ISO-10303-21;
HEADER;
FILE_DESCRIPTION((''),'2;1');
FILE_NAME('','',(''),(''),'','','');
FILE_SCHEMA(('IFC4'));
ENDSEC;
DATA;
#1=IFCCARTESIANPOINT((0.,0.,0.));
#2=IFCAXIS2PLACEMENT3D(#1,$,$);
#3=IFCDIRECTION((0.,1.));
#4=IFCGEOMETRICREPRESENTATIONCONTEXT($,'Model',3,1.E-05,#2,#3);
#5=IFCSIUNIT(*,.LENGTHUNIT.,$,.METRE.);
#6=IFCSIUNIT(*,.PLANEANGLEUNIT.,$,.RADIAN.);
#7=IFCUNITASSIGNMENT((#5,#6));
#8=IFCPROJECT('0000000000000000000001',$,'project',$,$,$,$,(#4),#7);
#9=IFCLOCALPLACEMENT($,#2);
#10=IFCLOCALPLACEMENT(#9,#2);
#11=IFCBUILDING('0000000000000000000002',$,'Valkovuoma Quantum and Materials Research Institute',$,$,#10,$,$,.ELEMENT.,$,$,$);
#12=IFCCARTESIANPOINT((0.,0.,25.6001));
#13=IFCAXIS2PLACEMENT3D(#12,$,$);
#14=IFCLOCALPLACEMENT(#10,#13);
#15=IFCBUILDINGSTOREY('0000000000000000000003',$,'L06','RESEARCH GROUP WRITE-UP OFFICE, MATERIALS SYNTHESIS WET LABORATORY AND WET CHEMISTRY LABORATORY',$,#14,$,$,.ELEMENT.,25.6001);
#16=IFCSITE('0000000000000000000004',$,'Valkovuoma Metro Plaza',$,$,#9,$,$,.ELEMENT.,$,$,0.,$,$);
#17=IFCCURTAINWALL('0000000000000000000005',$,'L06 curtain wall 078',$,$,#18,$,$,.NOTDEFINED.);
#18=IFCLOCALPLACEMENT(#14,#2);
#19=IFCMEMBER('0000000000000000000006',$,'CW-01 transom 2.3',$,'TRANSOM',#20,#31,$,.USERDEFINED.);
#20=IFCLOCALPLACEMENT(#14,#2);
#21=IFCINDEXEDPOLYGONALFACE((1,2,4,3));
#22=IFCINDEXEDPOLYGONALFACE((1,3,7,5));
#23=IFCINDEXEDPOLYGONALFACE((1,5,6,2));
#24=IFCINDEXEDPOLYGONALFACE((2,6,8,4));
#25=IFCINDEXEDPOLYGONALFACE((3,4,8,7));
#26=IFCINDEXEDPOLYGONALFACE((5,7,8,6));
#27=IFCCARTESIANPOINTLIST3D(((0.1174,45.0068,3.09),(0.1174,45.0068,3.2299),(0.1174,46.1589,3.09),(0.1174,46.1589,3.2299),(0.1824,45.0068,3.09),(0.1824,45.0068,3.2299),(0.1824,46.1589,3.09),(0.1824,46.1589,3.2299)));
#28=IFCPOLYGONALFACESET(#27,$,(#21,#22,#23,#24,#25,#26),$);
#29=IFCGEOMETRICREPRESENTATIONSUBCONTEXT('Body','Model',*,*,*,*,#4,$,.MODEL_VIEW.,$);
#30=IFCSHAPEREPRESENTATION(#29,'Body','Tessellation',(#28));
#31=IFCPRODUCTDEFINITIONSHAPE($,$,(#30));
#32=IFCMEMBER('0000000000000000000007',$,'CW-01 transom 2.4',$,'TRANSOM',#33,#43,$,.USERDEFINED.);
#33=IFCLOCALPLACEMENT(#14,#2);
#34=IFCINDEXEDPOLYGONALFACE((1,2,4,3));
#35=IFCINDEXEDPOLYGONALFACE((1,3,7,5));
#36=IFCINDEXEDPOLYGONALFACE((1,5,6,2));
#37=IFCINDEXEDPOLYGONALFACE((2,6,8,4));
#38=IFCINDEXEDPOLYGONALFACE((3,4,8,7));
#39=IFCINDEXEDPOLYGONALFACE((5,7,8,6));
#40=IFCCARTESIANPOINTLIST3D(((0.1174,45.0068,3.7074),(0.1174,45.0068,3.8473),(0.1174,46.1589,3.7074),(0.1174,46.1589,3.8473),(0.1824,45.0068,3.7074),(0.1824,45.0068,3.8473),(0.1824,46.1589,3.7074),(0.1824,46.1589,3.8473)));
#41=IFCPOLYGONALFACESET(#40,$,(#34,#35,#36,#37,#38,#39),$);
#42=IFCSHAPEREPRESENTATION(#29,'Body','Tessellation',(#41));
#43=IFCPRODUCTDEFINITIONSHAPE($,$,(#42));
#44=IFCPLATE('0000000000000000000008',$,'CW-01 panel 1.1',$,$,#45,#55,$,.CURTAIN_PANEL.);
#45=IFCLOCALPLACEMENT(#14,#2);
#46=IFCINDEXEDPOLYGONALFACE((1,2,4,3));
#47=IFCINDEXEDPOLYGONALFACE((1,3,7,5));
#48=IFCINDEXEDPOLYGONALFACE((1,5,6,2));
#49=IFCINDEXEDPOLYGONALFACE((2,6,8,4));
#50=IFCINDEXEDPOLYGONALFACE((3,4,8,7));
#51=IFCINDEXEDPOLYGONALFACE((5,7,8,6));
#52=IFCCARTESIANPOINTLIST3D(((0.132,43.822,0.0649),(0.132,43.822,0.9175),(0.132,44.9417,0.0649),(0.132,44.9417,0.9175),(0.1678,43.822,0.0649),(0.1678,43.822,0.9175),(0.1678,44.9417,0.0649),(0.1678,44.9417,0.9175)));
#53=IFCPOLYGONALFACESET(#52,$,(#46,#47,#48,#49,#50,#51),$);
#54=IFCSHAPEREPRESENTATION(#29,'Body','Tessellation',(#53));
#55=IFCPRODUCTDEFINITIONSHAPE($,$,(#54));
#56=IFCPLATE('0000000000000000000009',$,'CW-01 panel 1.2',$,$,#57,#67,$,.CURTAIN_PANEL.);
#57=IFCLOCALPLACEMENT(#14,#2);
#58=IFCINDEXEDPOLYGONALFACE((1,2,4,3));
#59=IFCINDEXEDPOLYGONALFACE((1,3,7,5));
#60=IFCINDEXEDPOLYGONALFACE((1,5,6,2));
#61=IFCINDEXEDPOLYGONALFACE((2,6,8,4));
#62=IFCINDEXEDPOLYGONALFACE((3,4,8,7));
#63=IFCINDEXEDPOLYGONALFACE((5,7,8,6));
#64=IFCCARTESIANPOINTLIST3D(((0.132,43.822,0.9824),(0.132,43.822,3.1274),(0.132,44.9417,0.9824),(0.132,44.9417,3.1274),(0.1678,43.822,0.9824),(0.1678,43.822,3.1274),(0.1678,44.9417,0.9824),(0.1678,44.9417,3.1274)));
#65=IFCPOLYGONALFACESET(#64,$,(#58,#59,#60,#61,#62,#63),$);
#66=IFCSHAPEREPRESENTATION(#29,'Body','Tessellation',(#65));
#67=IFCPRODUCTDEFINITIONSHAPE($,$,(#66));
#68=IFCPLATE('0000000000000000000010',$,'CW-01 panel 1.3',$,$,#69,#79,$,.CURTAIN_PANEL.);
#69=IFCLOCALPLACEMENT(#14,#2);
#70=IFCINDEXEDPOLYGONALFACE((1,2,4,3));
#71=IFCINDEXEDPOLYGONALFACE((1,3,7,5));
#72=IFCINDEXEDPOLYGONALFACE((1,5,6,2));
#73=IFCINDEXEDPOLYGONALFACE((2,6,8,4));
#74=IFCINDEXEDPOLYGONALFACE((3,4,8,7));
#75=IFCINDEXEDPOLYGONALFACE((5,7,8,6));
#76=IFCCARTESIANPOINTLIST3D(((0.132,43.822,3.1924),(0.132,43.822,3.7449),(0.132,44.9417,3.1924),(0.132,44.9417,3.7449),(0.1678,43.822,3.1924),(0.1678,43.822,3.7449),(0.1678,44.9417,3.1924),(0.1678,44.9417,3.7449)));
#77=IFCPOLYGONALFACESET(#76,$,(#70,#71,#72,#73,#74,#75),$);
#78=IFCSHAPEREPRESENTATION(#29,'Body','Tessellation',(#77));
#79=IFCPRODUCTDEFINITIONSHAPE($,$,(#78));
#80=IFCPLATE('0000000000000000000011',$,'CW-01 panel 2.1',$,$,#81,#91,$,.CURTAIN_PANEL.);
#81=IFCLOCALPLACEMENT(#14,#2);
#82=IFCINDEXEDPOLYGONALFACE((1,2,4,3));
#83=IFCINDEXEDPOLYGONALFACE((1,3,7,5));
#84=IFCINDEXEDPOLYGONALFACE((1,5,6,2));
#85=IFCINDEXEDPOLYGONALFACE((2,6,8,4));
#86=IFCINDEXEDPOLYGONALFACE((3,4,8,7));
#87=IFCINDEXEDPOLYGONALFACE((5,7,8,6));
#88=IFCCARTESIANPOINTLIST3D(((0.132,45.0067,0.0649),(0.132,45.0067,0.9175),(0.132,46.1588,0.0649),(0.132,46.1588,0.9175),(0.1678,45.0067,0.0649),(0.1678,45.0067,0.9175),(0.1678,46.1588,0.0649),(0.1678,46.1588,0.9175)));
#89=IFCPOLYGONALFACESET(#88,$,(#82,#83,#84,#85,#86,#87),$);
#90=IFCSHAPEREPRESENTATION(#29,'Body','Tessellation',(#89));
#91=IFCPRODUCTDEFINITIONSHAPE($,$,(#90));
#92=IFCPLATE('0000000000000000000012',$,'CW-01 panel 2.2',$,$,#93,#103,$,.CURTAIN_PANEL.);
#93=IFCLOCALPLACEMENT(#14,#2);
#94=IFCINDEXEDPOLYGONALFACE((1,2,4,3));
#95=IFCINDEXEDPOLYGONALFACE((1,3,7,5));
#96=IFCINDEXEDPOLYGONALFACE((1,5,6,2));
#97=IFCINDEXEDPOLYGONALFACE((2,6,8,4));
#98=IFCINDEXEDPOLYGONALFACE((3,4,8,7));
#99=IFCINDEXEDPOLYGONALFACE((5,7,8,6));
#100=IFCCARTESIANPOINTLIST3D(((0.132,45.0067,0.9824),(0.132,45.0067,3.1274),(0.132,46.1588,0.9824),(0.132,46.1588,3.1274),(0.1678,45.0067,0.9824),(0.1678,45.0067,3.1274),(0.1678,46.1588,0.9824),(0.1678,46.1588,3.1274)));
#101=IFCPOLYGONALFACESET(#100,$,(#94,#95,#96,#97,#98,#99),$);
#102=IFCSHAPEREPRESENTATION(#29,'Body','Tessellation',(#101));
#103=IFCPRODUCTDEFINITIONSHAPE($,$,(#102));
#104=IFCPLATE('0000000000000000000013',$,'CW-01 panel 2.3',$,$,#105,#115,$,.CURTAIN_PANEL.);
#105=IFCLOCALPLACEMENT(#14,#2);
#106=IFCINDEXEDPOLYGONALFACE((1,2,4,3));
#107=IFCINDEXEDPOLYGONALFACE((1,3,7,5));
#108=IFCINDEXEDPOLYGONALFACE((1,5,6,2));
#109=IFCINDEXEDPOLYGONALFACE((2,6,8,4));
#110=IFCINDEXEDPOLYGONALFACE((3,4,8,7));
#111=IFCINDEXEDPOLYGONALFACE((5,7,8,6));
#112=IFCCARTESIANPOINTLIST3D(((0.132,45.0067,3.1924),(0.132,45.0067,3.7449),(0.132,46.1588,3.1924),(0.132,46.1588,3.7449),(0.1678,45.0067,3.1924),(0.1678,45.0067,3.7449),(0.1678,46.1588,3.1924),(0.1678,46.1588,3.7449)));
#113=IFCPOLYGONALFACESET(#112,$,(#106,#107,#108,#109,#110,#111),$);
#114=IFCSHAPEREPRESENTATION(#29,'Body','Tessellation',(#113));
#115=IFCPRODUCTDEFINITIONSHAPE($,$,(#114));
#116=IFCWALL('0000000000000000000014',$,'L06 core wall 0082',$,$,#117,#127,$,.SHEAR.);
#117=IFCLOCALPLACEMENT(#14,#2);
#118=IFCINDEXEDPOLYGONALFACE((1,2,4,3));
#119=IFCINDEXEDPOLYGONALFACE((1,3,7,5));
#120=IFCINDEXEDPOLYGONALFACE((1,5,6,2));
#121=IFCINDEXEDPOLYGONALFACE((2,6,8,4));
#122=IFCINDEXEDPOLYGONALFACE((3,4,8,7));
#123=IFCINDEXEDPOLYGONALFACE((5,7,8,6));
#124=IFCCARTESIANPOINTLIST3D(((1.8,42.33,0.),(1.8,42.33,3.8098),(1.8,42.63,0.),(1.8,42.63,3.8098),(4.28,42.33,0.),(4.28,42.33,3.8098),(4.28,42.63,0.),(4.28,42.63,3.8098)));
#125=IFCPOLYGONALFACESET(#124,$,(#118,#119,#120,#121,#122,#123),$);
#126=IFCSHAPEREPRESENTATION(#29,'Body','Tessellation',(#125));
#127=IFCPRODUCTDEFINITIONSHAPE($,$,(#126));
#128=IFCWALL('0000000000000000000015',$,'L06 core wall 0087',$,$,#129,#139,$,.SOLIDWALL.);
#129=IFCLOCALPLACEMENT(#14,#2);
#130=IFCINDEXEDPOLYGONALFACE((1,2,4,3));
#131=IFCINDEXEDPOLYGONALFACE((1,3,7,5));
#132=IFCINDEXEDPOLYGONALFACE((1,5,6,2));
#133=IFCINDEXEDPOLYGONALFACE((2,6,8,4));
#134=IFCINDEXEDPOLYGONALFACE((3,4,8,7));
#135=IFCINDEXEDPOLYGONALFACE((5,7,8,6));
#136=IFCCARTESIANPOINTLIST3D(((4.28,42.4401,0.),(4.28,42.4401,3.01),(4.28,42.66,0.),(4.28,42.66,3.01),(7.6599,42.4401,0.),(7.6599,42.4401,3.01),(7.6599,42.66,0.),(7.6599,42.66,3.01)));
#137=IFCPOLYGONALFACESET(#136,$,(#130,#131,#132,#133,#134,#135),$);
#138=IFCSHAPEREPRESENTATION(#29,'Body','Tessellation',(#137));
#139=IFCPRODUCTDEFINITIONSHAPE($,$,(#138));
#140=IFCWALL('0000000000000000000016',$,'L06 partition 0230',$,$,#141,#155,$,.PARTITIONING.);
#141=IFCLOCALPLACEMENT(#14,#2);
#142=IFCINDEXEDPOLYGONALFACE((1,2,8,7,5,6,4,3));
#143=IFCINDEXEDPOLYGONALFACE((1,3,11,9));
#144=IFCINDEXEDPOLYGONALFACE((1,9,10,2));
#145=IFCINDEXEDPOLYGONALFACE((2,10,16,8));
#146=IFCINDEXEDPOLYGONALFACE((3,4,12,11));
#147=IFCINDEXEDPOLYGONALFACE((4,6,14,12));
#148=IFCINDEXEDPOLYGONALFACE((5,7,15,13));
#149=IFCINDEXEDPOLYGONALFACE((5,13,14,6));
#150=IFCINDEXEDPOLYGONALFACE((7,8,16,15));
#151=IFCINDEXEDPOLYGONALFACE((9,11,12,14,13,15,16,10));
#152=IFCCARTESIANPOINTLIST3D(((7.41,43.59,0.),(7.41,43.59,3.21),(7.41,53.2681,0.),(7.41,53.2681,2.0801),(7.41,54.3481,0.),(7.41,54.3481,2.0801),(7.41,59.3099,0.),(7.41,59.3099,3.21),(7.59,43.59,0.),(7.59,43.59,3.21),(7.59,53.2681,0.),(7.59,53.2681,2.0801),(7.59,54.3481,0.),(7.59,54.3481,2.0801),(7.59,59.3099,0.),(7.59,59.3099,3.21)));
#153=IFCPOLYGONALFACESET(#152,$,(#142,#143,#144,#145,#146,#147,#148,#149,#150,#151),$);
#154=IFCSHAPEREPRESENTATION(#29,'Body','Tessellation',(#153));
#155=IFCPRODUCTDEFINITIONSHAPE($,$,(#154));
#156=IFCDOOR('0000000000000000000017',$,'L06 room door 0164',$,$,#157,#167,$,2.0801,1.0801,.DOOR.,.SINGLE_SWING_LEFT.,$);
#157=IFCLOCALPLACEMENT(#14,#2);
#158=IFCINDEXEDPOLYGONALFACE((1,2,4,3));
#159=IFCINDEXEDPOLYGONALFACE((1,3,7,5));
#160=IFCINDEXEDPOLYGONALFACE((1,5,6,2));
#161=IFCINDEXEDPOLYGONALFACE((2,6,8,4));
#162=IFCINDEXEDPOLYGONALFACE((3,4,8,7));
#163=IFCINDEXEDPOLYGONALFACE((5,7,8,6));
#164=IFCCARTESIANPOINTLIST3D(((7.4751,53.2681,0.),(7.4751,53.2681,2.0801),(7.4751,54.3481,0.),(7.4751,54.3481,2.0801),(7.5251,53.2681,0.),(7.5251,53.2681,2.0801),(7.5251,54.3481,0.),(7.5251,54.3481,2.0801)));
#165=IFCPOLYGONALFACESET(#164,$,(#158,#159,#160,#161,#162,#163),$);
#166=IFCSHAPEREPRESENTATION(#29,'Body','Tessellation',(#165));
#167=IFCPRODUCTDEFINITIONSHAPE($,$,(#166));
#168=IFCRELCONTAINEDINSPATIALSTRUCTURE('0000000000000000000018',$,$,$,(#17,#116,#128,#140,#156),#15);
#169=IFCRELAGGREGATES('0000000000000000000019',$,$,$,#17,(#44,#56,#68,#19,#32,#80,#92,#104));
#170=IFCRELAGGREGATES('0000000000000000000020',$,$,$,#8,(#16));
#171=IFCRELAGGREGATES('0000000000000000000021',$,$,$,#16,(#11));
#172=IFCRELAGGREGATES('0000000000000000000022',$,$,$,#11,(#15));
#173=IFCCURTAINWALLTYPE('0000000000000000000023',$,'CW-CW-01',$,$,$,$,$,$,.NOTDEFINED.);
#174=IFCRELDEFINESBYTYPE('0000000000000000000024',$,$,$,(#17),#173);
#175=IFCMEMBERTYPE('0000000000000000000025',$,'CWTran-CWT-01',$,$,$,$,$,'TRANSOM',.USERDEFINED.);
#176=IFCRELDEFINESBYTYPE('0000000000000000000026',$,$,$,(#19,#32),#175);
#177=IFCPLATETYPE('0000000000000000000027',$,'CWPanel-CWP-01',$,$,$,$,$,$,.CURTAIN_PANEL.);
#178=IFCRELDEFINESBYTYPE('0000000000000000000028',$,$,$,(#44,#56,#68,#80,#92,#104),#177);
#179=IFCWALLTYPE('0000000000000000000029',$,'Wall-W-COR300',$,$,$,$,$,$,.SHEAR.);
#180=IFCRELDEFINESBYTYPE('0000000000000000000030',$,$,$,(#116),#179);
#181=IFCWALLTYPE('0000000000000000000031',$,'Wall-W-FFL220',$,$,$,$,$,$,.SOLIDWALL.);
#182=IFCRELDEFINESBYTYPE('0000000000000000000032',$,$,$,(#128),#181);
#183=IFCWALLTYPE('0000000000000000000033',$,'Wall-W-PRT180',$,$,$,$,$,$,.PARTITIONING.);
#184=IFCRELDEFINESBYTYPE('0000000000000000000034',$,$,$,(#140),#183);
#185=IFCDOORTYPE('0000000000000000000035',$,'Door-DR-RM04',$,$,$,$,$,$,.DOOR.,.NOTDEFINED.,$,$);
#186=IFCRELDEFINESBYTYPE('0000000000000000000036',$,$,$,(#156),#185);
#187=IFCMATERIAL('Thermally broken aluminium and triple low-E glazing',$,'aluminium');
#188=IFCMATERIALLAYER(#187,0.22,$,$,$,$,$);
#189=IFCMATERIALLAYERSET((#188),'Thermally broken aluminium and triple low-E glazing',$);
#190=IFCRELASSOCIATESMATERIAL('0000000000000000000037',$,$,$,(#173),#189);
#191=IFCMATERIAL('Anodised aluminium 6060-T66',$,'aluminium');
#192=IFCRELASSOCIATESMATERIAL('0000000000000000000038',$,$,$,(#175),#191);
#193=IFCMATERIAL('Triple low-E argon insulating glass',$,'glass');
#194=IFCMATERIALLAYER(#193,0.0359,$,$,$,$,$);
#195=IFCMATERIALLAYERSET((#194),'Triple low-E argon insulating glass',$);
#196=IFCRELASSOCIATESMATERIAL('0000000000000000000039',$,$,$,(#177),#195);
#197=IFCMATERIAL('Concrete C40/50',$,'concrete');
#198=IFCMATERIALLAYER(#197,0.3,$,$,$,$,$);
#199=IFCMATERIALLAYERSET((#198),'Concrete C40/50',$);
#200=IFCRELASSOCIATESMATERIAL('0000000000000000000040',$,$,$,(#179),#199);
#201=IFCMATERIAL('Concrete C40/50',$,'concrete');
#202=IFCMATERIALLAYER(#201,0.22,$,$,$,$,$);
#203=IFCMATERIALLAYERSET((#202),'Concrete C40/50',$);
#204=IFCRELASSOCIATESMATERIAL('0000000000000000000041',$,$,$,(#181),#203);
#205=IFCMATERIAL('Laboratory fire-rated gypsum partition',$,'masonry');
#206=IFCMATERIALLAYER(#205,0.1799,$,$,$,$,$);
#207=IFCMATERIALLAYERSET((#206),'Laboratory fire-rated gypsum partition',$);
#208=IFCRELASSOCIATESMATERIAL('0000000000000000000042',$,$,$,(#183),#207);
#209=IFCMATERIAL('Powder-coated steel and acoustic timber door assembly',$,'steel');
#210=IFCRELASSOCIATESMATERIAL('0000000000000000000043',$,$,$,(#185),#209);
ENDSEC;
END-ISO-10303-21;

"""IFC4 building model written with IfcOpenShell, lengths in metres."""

from ifc_helpers import new_model, si_unit, direction, frame, frame_2d, origin, origin_2d, place, context, subcontext, project, spatial, rectangle, extrude, material, layer, layer_set, material_profile, profile_set, type_object, element, fill, aggregate, save


model = new_model("IFC4")

# Units and contexts
model_context = context("Model", 3, precision=1e-05, world=origin(), true_north=direction((0.0, 1.0)))
body_context = subcontext(model_context, "Body", "Model", "MODEL_VIEW")
ifc_project = project(units=[si_unit("LENGTHUNIT", "METRE"), si_unit("PLANEANGLEUNIT", "RADIAN")], contexts=[model_context])

# Site, building, storey
site_placement = place(None, origin())
site = spatial("IfcSite", under=ifc_project, at=site_placement, Name="Valkovuoma Metro Plaza", CompositionType="ELEMENT", RefElevation=0.0)
building_placement = place(site_placement, origin())
building = spatial("IfcBuilding", under=site, at=building_placement, Name="Valkovuoma Quantum and Materials Research Institute", CompositionType="ELEMENT")
storey_placement = place(building_placement, frame((0.0, 0.0, 25.6001)))
storey = spatial("IfcBuildingStorey", under=building, at=storey_placement, Name="L06", Description="RESEARCH GROUP WRITE-UP OFFICE, MATERIALS SYNTHESIS WET LABORATORY AND WET CHEMISTRY LABORATORY", CompositionType="ELEMENT", Elevation=25.6001)

# Shared definitions
ifc_material_1 = material(Name="Thermally broken aluminium and triple low-E glazing", Category="aluminium")
ifc_layer_1 = layer(ifc_material_1, 0.22)
ifc_layer_set_1 = layer_set([ifc_layer_1], Name="Thermally broken aluminium and triple low-E glazing")
curtain_wall_type = type_object("IfcCurtainWallType", Name="CW-CW-01", PredefinedType="NOTDEFINED", material=ifc_layer_set_1)

# Curtain wall, members, plates
curtain_wall_1_placement = place(storey_placement, origin())
curtain_wall_1 = element("IfcCurtainWall", 1, at=curtain_wall_1_placement, inside=storey, type_object=curtain_wall_type, Name="L06 curtain wall 078", PredefinedType="NOTDEFINED")
ifc_material_2 = material(Name="Anodised aluminium 6060-T66", Category="aluminium")
ifc_material_profile_1 = material_profile(ifc_material_2, rectangle(XDim=0.0649, YDim=0.1399, at=origin_2d()), Name="Anodised aluminium 6060-T66")
ifc_profile_set_1 = profile_set([ifc_material_profile_1], Name="Anodised aluminium 6060-T66")
member_type_1 = type_object("IfcMemberType", Name="CWTran-CWT-01", ElementType="TRANSOM", PredefinedType="USERDEFINED", material=ifc_profile_set_1)
member_1_placement = place(storey_placement, frame((0.1499, 45.0068, 3.1599), z_axis=(0.0, 1.0, 0.0), x_axis=(-1.0, 0.0, 0.0)))
member_1 = element("IfcMember", 2, at=member_1_placement, type_object=member_type_1, Name="CW-01 transom 2.3", ObjectType="TRANSOM", PredefinedType="USERDEFINED", context=body_context, shape_type="SweptSolid", body=[
    extrude(rectangle(XDim=0.0649, YDim=0.1399, at=origin_2d()), origin(), (0.0, 0.0, 1.0), 1.1521),
])
member_2_placement = place(storey_placement, frame((0.1499, 45.0068, 3.7773), z_axis=(0.0, 1.0, 0.0), x_axis=(-1.0, 0.0, 0.0)))
member_2 = element("IfcMember", 3, at=member_2_placement, type_object=member_type_1, Name="CW-01 transom 2.4", ObjectType="TRANSOM", PredefinedType="USERDEFINED", context=body_context, shape_type="SweptSolid", body=[
    extrude(rectangle(XDim=0.0649, YDim=0.1399, at=origin_2d()), origin(), (0.0, 0.0, 1.0), 1.1521),
])
ifc_material_3 = material(Name="Triple low-E argon insulating glass", Category="glass")
ifc_layer_2 = layer(ifc_material_3, 0.0359)
ifc_layer_set_2 = layer_set([ifc_layer_2], Name="Triple low-E argon insulating glass")
plate_type = type_object("IfcPlateType", Name="CWPanel-CWP-01", PredefinedType="CURTAIN_PANEL", material=ifc_layer_set_2)
plate_1_placement = place(storey_placement, frame((0.1499, 44.3818, 0.0649), z_axis=(0.0, 0.0, 1.0), x_axis=(0.0, 1.0, 0.0)))
plate_1 = element("IfcPlate", 4, at=plate_1_placement, type_object=plate_type, Name="CW-01 panel 1.1", PredefinedType="CURTAIN_PANEL", context=body_context, shape_type="SweptSolid", body=[
    extrude(rectangle(XDim=1.1196, YDim=0.0359, at=origin_2d()), origin(), (0.0, 0.0, 1.0), 0.8525),
])
plate_2_placement = place(storey_placement, frame((0.1499, 44.3818, 0.9824), z_axis=(0.0, 0.0, 1.0), x_axis=(0.0, 1.0, 0.0)))
plate_2 = element("IfcPlate", 5, at=plate_2_placement, type_object=plate_type, Name="CW-01 panel 1.2", PredefinedType="CURTAIN_PANEL", context=body_context, shape_type="SweptSolid", body=[
    extrude(rectangle(XDim=1.1196, YDim=0.0359, at=origin_2d()), origin(), (0.0, 0.0, 1.0), 2.145),
])
plate_3_placement = place(storey_placement, frame((0.1499, 44.3818, 3.1924), z_axis=(0.0, 0.0, 1.0), x_axis=(0.0, 1.0, 0.0)))
plate_3 = element("IfcPlate", 6, at=plate_3_placement, type_object=plate_type, Name="CW-01 panel 1.3", PredefinedType="CURTAIN_PANEL", context=body_context, shape_type="SweptSolid", body=[
    extrude(rectangle(XDim=1.1196, YDim=0.0359, at=origin_2d()), origin(), (0.0, 0.0, 1.0), 0.5525),
])
plate_4_placement = place(storey_placement, frame((0.1499, 45.5828, 0.0649), z_axis=(0.0, 0.0, 1.0), x_axis=(0.0, 1.0, 0.0)))
plate_4 = element("IfcPlate", 7, at=plate_4_placement, type_object=plate_type, Name="CW-01 panel 2.1", PredefinedType="CURTAIN_PANEL", context=body_context, shape_type="SweptSolid", body=[
    extrude(rectangle(XDim=1.1521, YDim=0.0359, at=origin_2d()), origin(), (0.0, 0.0, 1.0), 0.8525),
])
plate_5_placement = place(storey_placement, frame((0.1499, 45.5828, 0.9824), z_axis=(0.0, 0.0, 1.0), x_axis=(0.0, 1.0, 0.0)))
plate_5 = element("IfcPlate", 8, at=plate_5_placement, type_object=plate_type, Name="CW-01 panel 2.2", PredefinedType="CURTAIN_PANEL", context=body_context, shape_type="SweptSolid", body=[
    extrude(rectangle(XDim=1.1521, YDim=0.0359, at=origin_2d()), origin(), (0.0, 0.0, 1.0), 2.145),
])
plate_6_placement = place(storey_placement, frame((0.1499, 45.5828, 3.1924), z_axis=(0.0, 0.0, 1.0), x_axis=(0.0, 1.0, 0.0)))
plate_6 = element("IfcPlate", 9, at=plate_6_placement, type_object=plate_type, Name="CW-01 panel 2.3", PredefinedType="CURTAIN_PANEL", context=body_context, shape_type="SweptSolid", body=[
    extrude(rectangle(XDim=1.1521, YDim=0.0359, at=origin_2d()), origin(), (0.0, 0.0, 1.0), 0.5525),
])
aggregate(curtain_wall_1, [plate_1, plate_2, plate_3, member_1, member_2, plate_4, plate_5, plate_6])

# Walls
ifc_material_4 = material(Name="Concrete C40/50", Category="concrete")
ifc_layer_3 = layer(ifc_material_4, 0.3)
ifc_layer_set_3 = layer_set([ifc_layer_3], Name="Concrete C40/50")
wall_type_1 = type_object("IfcWallType", Name="Wall-W-COR300", PredefinedType="SHEAR", material=ifc_layer_set_3)
wall_1_placement = place(storey_placement, frame((1.8, 42.48, 0.0), z_axis=(0.0, 0.0, 1.0), x_axis=(1.0, 0.0, 0.0)))
element("IfcWall", 10, at=wall_1_placement, inside=storey, type_object=wall_type_1, Name="L06 core wall 0082", PredefinedType="SHEAR", context=body_context, shape_type="SweptSolid", body=[
    extrude(rectangle(XDim=2.48, YDim=0.3, at=frame_2d((1.24, 0.0))), origin(), (0.0, 0.0, 1.0), 3.8098),
])
ifc_material_5 = material(Name="Concrete C40/50", Category="concrete")
ifc_layer_4 = layer(ifc_material_5, 0.22)
ifc_layer_set_4 = layer_set([ifc_layer_4], Name="Concrete C40/50")
wall_type_2 = type_object("IfcWallType", Name="Wall-W-FFL220", PredefinedType="SOLIDWALL", material=ifc_layer_set_4)
wall_2_placement = place(storey_placement, frame((4.28, 42.55, 0.0), z_axis=(0.0, 0.0, 1.0), x_axis=(1.0, 0.0, 0.0)))
element("IfcWall", 11, at=wall_2_placement, inside=storey, type_object=wall_type_2, Name="L06 core wall 0087", PredefinedType="SOLIDWALL", context=body_context, shape_type="SweptSolid", body=[
    extrude(rectangle(XDim=3.3799, YDim=0.22, at=frame_2d((1.6899, 0.0))), origin(), (0.0, 0.0, 1.0), 3.01),
])

# Wall, opening, door
ifc_material_6 = material(Name="Laboratory fire-rated gypsum partition", Category="masonry")
ifc_layer_5 = layer(ifc_material_6, 0.1799)
ifc_layer_set_5 = layer_set([ifc_layer_5], Name="Laboratory fire-rated gypsum partition")
wall_type_3 = type_object("IfcWallType", Name="Wall-W-PRT180", PredefinedType="PARTITIONING", material=ifc_layer_set_5)
wall_3_placement = place(storey_placement, frame((7.5, 43.5901, 0.0), z_axis=(0.0, 0.0, 1.0), x_axis=(0.0, 1.0, 0.0)))
wall_3 = element("IfcWall", 12, at=wall_3_placement, inside=storey, type_object=wall_type_3, Name="L06 partition 0230", PredefinedType="PARTITIONING", context=body_context, shape_type="SweptSolid", body=[
    extrude(rectangle(XDim=15.72, YDim=0.1799, at=frame_2d((7.8599, 0.0))), origin(), (0.0, 0.0, 1.0), 3.21),
])
opening_placement = place(wall_3_placement, frame((9.678, 0.0, 0.0)))
opening = element("IfcOpeningElement", 13, at=opening_placement, cuts=wall_3, PredefinedType="OPENING", context=body_context, shape_type="SweptSolid", body=[
    extrude(rectangle(XDim=1.0801, YDim=2.0801, at=frame_2d((0.54, 1.04))), frame((0.0, 0.1001, 0.0), z_axis=(0.0, -1.0, 0.0), x_axis=(1.0, 0.0, 0.0)), (0.0, 0.0, 1.0), 0.2),
])
ifc_material_7 = material(Name="Powder-coated steel and acoustic timber door assembly", Category="steel")
door_type = type_object("IfcDoorType", Name="Door-DR-RM04", OperationType="NOTDEFINED", PredefinedType="DOOR", material=ifc_material_7)
door_placement = place(opening_placement, origin())
door = element("IfcDoor", 14, at=door_placement, inside=storey, type_object=door_type, Name="L06 room door 0164", OperationType="SINGLE_SWING_LEFT", OverallHeight=2.0801, OverallWidth=1.0801, PredefinedType="DOOR", context=body_context, shape_type="SweptSolid", body=[
    extrude(rectangle(XDim=1.0801, YDim=2.0801, at=frame_2d((0.54, 1.04))), frame((0.0, 0.0249, 0.0), z_axis=(0.0, -1.0, 0.0), x_axis=(1.0, 0.0, 0.0)), (0.0, 0.0, 1.0), 0.05),
])
fill(opening, door)

save(model, "model.ifc")
